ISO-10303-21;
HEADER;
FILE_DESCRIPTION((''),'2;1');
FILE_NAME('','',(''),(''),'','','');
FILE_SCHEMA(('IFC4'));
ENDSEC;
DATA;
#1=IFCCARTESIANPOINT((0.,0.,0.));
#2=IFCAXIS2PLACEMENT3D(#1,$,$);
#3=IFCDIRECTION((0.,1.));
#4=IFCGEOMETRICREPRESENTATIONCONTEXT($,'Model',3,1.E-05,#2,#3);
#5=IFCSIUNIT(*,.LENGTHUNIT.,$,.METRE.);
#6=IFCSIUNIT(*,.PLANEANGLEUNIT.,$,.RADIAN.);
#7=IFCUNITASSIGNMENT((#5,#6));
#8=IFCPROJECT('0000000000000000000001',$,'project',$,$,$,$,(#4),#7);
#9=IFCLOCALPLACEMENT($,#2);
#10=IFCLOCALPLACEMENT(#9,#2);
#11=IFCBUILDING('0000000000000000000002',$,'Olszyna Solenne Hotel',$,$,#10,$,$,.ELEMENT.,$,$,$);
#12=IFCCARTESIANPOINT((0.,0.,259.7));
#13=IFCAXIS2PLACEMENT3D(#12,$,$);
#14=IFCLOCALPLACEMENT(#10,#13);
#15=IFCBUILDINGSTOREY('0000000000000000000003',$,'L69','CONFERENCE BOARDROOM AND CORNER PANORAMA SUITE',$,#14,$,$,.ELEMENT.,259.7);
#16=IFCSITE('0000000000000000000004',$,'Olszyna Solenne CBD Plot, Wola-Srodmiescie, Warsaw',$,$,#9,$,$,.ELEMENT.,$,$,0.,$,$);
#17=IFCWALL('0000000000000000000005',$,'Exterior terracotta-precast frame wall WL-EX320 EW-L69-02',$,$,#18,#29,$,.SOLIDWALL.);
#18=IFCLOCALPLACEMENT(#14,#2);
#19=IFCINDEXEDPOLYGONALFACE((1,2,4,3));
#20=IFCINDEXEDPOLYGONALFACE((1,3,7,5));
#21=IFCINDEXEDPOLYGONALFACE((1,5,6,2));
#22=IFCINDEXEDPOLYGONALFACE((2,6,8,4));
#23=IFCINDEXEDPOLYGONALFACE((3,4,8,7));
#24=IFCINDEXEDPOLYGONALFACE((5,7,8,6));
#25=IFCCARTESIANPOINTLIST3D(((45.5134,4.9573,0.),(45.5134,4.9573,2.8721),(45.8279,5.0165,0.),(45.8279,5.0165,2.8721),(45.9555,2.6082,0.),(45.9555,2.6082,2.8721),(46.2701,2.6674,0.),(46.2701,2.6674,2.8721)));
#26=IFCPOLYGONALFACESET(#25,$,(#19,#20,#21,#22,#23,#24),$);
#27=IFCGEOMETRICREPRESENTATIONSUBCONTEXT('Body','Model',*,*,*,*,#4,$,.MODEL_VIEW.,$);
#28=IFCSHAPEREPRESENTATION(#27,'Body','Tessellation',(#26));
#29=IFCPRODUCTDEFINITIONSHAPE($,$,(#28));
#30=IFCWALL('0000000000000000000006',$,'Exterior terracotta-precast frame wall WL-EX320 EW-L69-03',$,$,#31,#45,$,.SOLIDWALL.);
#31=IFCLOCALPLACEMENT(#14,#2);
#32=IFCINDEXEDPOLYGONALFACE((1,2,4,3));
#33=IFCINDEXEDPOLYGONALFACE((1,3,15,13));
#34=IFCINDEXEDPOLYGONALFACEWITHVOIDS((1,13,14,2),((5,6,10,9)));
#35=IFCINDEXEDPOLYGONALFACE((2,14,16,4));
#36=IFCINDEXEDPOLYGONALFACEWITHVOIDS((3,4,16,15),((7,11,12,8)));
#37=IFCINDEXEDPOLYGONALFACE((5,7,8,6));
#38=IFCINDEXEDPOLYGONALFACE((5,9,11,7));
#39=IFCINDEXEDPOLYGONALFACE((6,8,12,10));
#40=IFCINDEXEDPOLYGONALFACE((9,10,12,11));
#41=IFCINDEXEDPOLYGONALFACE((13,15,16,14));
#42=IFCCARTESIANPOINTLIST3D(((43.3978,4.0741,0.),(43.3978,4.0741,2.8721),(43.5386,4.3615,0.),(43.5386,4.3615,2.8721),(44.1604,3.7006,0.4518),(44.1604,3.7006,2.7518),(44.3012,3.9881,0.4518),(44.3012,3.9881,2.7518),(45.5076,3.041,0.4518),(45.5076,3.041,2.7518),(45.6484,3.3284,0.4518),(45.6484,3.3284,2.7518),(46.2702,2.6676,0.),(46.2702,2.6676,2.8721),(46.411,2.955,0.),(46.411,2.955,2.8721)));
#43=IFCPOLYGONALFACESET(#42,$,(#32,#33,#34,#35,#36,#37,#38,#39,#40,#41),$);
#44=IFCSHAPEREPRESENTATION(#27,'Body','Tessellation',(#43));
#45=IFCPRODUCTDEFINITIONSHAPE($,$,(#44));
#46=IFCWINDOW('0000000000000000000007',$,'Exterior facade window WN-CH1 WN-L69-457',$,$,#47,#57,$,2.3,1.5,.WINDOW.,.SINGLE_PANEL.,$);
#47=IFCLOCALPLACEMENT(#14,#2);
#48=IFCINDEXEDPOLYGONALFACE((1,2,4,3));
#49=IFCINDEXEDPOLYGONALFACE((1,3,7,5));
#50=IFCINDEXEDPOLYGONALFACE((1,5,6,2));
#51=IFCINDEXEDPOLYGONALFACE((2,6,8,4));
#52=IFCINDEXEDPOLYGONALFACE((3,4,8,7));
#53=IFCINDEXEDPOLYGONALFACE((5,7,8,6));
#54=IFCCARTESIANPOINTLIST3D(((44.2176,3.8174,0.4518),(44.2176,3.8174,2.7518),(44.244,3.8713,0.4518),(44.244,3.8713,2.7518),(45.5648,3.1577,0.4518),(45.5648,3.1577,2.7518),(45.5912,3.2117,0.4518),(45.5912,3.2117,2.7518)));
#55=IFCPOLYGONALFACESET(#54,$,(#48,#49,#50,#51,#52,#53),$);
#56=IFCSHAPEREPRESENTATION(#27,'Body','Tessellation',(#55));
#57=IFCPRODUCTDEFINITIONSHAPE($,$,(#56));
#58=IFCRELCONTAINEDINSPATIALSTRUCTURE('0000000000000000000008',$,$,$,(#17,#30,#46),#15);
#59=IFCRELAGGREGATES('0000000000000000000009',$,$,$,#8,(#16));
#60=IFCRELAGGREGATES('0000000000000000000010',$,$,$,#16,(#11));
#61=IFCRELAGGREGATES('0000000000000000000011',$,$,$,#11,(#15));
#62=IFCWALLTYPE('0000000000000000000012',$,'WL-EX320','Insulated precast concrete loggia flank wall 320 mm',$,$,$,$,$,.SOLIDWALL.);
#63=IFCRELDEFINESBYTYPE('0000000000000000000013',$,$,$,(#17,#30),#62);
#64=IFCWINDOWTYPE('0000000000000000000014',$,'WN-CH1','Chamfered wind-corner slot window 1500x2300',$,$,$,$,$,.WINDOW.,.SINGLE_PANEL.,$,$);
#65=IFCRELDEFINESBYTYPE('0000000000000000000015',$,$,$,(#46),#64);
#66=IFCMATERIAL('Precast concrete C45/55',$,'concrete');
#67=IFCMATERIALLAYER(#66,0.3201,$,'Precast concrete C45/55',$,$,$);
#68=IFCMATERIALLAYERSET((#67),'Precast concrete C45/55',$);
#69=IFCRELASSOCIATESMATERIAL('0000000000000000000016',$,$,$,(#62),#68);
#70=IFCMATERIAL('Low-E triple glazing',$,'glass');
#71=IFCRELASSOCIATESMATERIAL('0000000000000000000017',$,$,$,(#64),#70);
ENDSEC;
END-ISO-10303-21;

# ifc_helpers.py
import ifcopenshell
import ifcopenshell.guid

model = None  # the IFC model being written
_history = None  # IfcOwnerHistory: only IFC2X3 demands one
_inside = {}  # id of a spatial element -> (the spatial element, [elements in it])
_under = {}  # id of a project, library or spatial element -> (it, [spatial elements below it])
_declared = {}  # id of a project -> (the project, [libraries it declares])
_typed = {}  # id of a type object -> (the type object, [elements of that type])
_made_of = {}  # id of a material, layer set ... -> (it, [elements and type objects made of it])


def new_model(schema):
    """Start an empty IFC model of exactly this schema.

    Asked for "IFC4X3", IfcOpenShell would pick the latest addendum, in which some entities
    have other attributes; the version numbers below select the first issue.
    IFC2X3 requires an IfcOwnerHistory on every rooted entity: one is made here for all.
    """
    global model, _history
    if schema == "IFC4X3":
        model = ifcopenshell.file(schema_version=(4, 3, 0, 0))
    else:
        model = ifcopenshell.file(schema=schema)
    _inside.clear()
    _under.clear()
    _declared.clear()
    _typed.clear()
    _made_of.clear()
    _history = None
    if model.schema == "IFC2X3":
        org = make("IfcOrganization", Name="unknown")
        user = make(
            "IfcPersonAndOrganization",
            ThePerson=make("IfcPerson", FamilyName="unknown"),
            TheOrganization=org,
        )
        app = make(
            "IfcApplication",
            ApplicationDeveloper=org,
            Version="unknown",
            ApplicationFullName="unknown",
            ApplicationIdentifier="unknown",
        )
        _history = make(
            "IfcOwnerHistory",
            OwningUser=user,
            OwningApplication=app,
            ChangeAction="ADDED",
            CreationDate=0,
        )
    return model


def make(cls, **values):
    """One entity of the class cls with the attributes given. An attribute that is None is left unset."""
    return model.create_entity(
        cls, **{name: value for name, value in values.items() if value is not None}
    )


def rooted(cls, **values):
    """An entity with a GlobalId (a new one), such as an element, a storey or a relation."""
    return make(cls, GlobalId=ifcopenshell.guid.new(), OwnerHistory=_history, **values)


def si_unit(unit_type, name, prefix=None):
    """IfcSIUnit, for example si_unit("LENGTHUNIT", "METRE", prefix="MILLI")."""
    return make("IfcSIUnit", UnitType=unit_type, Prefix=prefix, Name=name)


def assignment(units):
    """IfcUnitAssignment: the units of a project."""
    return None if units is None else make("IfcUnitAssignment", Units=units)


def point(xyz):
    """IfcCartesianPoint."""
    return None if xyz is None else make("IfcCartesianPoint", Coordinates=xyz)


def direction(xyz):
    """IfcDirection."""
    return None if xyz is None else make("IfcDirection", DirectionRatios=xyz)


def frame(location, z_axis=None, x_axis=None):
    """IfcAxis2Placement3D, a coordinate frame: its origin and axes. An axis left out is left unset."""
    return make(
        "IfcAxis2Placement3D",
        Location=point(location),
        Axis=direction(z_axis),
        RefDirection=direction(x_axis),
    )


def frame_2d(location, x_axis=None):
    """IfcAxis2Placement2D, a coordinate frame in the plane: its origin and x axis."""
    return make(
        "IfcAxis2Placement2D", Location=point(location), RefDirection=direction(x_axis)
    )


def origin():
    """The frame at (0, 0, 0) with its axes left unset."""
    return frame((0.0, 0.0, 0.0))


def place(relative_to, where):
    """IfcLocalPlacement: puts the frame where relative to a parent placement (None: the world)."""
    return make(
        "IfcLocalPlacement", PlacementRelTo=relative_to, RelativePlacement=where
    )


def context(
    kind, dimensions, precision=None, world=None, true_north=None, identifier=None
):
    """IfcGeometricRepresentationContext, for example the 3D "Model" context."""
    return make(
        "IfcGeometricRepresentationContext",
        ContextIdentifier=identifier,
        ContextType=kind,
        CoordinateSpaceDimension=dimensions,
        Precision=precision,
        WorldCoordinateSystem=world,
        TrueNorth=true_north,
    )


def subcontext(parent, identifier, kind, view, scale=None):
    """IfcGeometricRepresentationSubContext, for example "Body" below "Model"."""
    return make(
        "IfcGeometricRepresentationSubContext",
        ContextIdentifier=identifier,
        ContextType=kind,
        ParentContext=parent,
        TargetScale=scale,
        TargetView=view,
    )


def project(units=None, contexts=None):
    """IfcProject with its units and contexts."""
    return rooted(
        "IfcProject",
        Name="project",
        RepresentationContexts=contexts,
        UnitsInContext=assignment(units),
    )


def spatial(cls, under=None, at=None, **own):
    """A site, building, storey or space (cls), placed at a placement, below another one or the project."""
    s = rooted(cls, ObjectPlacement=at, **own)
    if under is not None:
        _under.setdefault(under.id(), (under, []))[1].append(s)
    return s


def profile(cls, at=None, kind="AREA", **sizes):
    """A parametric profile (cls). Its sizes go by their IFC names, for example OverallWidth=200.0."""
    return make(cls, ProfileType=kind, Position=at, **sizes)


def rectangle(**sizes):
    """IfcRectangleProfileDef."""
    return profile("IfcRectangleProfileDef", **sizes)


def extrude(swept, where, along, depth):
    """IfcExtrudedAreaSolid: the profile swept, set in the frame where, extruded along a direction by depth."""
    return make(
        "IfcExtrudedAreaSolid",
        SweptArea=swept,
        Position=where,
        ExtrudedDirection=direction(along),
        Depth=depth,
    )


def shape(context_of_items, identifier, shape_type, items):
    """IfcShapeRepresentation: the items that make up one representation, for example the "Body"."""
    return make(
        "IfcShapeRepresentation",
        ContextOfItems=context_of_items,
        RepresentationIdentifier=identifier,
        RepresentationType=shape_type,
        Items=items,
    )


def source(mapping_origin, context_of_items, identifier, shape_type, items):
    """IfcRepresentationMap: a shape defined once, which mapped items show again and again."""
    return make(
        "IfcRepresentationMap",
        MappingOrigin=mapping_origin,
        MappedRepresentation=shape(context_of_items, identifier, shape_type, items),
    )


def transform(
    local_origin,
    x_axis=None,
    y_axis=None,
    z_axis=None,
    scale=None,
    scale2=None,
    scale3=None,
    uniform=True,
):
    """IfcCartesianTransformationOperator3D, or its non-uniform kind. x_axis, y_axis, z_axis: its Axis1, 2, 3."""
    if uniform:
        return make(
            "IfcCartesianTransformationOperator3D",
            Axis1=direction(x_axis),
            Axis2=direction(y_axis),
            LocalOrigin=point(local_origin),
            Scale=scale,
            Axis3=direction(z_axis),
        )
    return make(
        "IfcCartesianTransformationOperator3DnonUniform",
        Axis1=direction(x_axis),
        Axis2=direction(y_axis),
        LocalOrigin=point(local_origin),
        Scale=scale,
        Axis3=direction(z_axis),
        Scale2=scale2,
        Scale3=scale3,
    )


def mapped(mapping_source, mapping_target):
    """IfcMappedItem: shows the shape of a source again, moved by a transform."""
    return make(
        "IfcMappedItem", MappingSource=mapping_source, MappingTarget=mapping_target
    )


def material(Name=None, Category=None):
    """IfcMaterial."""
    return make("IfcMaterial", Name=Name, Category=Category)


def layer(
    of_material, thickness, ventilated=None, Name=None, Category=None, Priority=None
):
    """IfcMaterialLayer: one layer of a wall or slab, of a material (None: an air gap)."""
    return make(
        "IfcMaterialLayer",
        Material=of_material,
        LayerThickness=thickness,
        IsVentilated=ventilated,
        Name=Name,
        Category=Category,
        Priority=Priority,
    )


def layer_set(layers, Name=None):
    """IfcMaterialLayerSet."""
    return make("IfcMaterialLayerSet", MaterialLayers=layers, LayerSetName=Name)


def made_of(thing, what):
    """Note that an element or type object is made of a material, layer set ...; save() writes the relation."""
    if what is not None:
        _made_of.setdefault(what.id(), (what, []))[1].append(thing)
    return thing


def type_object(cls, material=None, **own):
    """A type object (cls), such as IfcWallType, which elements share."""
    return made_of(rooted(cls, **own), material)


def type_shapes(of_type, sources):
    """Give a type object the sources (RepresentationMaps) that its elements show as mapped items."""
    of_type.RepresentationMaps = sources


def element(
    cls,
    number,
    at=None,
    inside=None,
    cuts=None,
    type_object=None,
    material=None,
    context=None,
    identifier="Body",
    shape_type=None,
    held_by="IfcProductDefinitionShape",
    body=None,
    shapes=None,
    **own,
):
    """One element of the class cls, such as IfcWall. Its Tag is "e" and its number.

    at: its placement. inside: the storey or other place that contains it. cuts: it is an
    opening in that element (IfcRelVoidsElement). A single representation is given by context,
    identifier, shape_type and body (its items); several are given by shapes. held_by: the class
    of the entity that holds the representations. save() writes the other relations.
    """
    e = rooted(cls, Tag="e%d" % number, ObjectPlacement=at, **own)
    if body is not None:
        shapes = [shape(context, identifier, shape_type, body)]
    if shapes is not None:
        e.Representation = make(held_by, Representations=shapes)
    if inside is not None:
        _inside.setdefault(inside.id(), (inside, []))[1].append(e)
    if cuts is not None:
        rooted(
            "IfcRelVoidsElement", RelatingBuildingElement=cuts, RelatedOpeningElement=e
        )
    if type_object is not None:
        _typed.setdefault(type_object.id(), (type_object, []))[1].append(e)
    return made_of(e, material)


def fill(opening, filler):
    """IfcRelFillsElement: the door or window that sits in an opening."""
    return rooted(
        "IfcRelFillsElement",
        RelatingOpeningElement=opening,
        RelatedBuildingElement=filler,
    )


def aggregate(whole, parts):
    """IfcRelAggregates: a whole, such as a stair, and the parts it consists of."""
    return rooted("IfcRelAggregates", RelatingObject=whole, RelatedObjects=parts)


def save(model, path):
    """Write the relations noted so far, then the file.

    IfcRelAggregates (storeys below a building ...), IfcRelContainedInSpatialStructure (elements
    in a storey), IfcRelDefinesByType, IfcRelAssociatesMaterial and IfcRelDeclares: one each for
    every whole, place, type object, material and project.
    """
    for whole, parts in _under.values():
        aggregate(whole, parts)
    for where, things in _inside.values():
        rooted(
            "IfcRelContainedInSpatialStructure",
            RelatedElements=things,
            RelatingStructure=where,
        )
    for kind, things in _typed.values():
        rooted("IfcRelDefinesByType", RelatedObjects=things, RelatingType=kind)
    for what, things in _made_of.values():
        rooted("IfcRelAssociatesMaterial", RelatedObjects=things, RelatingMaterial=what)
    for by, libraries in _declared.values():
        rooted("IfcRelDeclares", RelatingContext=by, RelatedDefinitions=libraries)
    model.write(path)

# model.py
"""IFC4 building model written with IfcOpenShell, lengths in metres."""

from ifc_helpers import new_model, si_unit, direction, frame, frame_2d, origin, place, context, subcontext, project, spatial, rectangle, extrude, source, transform, mapped, material, layer, layer_set, type_object, type_shapes, element, fill, save


model = new_model("IFC4")

# Units and contexts
model_context = context("Model", 3, precision=1e-05, world=origin(), true_north=direction((0.0, 1.0)))
body_context = subcontext(model_context, "Body", "Model", "MODEL_VIEW")
ifc_project = project(units=[si_unit("LENGTHUNIT", "METRE"), si_unit("PLANEANGLEUNIT", "RADIAN")], contexts=[model_context])

# Site, building, storey
site_placement = place(None, origin())
site = spatial("IfcSite", under=ifc_project, at=site_placement, Name="Olszyna Solenne CBD Plot, Wola-Srodmiescie, Warsaw", CompositionType="ELEMENT", RefElevation=0.0)
building_placement = place(site_placement, origin())
building = spatial("IfcBuilding", under=site, at=building_placement, Name="Olszyna Solenne Hotel", CompositionType="ELEMENT")
storey_placement = place(building_placement, frame((0.0, 0.0, 259.7)))
storey = spatial("IfcBuildingStorey", under=building, at=storey_placement, Name="L69", Description="CONFERENCE BOARDROOM AND CORNER PANORAMA SUITE", CompositionType="ELEMENT", Elevation=259.7)

# Shared definitions
ifc_material_1 = material(Name="Low-E triple glazing", Category="glass")

# Wall
ifc_material_2 = material(Name="Precast concrete C45/55", Category="concrete")
ifc_layer = layer(ifc_material_2, 0.3201, Name="Precast concrete C45/55")
ifc_layer_set = layer_set([ifc_layer], Name="Precast concrete C45/55")
wall_type = type_object("IfcWallType", Name="WL-EX320", Description="Insulated precast concrete loggia flank wall 320 mm", PredefinedType="SOLIDWALL", material=ifc_layer_set)
wall_1_placement = place(storey_placement, frame((45.6707, 4.9871, 0.0), z_axis=(0.0, 0.0, 1.0), x_axis=(0.184967, -0.982745, 0.0)))
element("IfcWall", 1, at=wall_1_placement, inside=storey, type_object=wall_type, Name="Exterior terracotta-precast frame wall WL-EX320 EW-L69-02", PredefinedType="SOLIDWALL", context=body_context, shape_type="SweptSolid", body=[
    extrude(rectangle(XDim=2.3904, YDim=0.3201, at=frame_2d((1.1953, 0.0))), origin(), (0.0, 0.0, 1.0), 2.8721),
])

# Wall, opening, window
wall_2_placement = place(storey_placement, frame((46.3406, 2.8113, 0.0), z_axis=(0.0, 0.0, 1.0), x_axis=(-0.898106, 0.439778, 0.0)))
wall_2 = element("IfcWall", 2, at=wall_2_placement, inside=storey, type_object=wall_type, Name="Exterior terracotta-precast frame wall WL-EX320 EW-L69-03", PredefinedType="SOLIDWALL", context=body_context, shape_type="SweptSolid", body=[
    extrude(rectangle(XDim=3.1982, YDim=0.3201, at=frame_2d((1.5991, 0.0))), origin(), (0.0, 0.0, 1.0), 2.8721),
])
opening_placement = place(wall_2_placement, frame((0.8491, 0.0, 0.4519)))
opening = element("IfcOpeningElement", 3, at=opening_placement, cuts=wall_2, PredefinedType="OPENING", context=body_context, shape_type="SweptSolid", body=[
    extrude(rectangle(XDim=1.5, YDim=2.3, at=frame_2d((0.75, 1.1499))), frame((0.0, 0.1699, 0.0), z_axis=(0.0, -1.0, 0.0), x_axis=(1.0, 0.0, 0.0)), (0.0, 0.0, 1.0), 0.3401),
])
window_type = type_object("IfcWindowType", Name="WN-CH1", Description="Chamfered wind-corner slot window 1500x2300", PartitioningType="SINGLE_PANEL", PredefinedType="WINDOW", material=ifc_material_1)
shared_shape_1 = source(origin(), body_context, "Body", "SweptSolid", [
    extrude(rectangle(XDim=1.5, YDim=2.3, at=frame_2d((0.75, 1.1499))), frame((0.0, 0.03, 0.0), z_axis=(0.0, -1.0, 0.0), x_axis=(1.0, 0.0, 0.0)), (0.0, 0.0, 1.0), 0.0601),
])
type_shapes(window_type, [shared_shape_1])
window_placement = place(opening_placement, origin())
window = element("IfcWindow", 4, at=window_placement, inside=storey, type_object=window_type, Name="Exterior facade window WN-CH1 WN-L69-457", OverallHeight=2.3, OverallWidth=1.5, PartitioningType="SINGLE_PANEL", PredefinedType="WINDOW", context=body_context, shape_type="MappedRepresentation", body=[
    mapped(shared_shape_1, transform((0.0, 0.0, 0.0), x_axis=(1.0, 0.0, 0.0), y_axis=(0.0, 1.0, 0.0), z_axis=(0.0, 0.0, 1.0), scale=1.0)),
])
fill(opening, window)

save(model, "model.ifc")
